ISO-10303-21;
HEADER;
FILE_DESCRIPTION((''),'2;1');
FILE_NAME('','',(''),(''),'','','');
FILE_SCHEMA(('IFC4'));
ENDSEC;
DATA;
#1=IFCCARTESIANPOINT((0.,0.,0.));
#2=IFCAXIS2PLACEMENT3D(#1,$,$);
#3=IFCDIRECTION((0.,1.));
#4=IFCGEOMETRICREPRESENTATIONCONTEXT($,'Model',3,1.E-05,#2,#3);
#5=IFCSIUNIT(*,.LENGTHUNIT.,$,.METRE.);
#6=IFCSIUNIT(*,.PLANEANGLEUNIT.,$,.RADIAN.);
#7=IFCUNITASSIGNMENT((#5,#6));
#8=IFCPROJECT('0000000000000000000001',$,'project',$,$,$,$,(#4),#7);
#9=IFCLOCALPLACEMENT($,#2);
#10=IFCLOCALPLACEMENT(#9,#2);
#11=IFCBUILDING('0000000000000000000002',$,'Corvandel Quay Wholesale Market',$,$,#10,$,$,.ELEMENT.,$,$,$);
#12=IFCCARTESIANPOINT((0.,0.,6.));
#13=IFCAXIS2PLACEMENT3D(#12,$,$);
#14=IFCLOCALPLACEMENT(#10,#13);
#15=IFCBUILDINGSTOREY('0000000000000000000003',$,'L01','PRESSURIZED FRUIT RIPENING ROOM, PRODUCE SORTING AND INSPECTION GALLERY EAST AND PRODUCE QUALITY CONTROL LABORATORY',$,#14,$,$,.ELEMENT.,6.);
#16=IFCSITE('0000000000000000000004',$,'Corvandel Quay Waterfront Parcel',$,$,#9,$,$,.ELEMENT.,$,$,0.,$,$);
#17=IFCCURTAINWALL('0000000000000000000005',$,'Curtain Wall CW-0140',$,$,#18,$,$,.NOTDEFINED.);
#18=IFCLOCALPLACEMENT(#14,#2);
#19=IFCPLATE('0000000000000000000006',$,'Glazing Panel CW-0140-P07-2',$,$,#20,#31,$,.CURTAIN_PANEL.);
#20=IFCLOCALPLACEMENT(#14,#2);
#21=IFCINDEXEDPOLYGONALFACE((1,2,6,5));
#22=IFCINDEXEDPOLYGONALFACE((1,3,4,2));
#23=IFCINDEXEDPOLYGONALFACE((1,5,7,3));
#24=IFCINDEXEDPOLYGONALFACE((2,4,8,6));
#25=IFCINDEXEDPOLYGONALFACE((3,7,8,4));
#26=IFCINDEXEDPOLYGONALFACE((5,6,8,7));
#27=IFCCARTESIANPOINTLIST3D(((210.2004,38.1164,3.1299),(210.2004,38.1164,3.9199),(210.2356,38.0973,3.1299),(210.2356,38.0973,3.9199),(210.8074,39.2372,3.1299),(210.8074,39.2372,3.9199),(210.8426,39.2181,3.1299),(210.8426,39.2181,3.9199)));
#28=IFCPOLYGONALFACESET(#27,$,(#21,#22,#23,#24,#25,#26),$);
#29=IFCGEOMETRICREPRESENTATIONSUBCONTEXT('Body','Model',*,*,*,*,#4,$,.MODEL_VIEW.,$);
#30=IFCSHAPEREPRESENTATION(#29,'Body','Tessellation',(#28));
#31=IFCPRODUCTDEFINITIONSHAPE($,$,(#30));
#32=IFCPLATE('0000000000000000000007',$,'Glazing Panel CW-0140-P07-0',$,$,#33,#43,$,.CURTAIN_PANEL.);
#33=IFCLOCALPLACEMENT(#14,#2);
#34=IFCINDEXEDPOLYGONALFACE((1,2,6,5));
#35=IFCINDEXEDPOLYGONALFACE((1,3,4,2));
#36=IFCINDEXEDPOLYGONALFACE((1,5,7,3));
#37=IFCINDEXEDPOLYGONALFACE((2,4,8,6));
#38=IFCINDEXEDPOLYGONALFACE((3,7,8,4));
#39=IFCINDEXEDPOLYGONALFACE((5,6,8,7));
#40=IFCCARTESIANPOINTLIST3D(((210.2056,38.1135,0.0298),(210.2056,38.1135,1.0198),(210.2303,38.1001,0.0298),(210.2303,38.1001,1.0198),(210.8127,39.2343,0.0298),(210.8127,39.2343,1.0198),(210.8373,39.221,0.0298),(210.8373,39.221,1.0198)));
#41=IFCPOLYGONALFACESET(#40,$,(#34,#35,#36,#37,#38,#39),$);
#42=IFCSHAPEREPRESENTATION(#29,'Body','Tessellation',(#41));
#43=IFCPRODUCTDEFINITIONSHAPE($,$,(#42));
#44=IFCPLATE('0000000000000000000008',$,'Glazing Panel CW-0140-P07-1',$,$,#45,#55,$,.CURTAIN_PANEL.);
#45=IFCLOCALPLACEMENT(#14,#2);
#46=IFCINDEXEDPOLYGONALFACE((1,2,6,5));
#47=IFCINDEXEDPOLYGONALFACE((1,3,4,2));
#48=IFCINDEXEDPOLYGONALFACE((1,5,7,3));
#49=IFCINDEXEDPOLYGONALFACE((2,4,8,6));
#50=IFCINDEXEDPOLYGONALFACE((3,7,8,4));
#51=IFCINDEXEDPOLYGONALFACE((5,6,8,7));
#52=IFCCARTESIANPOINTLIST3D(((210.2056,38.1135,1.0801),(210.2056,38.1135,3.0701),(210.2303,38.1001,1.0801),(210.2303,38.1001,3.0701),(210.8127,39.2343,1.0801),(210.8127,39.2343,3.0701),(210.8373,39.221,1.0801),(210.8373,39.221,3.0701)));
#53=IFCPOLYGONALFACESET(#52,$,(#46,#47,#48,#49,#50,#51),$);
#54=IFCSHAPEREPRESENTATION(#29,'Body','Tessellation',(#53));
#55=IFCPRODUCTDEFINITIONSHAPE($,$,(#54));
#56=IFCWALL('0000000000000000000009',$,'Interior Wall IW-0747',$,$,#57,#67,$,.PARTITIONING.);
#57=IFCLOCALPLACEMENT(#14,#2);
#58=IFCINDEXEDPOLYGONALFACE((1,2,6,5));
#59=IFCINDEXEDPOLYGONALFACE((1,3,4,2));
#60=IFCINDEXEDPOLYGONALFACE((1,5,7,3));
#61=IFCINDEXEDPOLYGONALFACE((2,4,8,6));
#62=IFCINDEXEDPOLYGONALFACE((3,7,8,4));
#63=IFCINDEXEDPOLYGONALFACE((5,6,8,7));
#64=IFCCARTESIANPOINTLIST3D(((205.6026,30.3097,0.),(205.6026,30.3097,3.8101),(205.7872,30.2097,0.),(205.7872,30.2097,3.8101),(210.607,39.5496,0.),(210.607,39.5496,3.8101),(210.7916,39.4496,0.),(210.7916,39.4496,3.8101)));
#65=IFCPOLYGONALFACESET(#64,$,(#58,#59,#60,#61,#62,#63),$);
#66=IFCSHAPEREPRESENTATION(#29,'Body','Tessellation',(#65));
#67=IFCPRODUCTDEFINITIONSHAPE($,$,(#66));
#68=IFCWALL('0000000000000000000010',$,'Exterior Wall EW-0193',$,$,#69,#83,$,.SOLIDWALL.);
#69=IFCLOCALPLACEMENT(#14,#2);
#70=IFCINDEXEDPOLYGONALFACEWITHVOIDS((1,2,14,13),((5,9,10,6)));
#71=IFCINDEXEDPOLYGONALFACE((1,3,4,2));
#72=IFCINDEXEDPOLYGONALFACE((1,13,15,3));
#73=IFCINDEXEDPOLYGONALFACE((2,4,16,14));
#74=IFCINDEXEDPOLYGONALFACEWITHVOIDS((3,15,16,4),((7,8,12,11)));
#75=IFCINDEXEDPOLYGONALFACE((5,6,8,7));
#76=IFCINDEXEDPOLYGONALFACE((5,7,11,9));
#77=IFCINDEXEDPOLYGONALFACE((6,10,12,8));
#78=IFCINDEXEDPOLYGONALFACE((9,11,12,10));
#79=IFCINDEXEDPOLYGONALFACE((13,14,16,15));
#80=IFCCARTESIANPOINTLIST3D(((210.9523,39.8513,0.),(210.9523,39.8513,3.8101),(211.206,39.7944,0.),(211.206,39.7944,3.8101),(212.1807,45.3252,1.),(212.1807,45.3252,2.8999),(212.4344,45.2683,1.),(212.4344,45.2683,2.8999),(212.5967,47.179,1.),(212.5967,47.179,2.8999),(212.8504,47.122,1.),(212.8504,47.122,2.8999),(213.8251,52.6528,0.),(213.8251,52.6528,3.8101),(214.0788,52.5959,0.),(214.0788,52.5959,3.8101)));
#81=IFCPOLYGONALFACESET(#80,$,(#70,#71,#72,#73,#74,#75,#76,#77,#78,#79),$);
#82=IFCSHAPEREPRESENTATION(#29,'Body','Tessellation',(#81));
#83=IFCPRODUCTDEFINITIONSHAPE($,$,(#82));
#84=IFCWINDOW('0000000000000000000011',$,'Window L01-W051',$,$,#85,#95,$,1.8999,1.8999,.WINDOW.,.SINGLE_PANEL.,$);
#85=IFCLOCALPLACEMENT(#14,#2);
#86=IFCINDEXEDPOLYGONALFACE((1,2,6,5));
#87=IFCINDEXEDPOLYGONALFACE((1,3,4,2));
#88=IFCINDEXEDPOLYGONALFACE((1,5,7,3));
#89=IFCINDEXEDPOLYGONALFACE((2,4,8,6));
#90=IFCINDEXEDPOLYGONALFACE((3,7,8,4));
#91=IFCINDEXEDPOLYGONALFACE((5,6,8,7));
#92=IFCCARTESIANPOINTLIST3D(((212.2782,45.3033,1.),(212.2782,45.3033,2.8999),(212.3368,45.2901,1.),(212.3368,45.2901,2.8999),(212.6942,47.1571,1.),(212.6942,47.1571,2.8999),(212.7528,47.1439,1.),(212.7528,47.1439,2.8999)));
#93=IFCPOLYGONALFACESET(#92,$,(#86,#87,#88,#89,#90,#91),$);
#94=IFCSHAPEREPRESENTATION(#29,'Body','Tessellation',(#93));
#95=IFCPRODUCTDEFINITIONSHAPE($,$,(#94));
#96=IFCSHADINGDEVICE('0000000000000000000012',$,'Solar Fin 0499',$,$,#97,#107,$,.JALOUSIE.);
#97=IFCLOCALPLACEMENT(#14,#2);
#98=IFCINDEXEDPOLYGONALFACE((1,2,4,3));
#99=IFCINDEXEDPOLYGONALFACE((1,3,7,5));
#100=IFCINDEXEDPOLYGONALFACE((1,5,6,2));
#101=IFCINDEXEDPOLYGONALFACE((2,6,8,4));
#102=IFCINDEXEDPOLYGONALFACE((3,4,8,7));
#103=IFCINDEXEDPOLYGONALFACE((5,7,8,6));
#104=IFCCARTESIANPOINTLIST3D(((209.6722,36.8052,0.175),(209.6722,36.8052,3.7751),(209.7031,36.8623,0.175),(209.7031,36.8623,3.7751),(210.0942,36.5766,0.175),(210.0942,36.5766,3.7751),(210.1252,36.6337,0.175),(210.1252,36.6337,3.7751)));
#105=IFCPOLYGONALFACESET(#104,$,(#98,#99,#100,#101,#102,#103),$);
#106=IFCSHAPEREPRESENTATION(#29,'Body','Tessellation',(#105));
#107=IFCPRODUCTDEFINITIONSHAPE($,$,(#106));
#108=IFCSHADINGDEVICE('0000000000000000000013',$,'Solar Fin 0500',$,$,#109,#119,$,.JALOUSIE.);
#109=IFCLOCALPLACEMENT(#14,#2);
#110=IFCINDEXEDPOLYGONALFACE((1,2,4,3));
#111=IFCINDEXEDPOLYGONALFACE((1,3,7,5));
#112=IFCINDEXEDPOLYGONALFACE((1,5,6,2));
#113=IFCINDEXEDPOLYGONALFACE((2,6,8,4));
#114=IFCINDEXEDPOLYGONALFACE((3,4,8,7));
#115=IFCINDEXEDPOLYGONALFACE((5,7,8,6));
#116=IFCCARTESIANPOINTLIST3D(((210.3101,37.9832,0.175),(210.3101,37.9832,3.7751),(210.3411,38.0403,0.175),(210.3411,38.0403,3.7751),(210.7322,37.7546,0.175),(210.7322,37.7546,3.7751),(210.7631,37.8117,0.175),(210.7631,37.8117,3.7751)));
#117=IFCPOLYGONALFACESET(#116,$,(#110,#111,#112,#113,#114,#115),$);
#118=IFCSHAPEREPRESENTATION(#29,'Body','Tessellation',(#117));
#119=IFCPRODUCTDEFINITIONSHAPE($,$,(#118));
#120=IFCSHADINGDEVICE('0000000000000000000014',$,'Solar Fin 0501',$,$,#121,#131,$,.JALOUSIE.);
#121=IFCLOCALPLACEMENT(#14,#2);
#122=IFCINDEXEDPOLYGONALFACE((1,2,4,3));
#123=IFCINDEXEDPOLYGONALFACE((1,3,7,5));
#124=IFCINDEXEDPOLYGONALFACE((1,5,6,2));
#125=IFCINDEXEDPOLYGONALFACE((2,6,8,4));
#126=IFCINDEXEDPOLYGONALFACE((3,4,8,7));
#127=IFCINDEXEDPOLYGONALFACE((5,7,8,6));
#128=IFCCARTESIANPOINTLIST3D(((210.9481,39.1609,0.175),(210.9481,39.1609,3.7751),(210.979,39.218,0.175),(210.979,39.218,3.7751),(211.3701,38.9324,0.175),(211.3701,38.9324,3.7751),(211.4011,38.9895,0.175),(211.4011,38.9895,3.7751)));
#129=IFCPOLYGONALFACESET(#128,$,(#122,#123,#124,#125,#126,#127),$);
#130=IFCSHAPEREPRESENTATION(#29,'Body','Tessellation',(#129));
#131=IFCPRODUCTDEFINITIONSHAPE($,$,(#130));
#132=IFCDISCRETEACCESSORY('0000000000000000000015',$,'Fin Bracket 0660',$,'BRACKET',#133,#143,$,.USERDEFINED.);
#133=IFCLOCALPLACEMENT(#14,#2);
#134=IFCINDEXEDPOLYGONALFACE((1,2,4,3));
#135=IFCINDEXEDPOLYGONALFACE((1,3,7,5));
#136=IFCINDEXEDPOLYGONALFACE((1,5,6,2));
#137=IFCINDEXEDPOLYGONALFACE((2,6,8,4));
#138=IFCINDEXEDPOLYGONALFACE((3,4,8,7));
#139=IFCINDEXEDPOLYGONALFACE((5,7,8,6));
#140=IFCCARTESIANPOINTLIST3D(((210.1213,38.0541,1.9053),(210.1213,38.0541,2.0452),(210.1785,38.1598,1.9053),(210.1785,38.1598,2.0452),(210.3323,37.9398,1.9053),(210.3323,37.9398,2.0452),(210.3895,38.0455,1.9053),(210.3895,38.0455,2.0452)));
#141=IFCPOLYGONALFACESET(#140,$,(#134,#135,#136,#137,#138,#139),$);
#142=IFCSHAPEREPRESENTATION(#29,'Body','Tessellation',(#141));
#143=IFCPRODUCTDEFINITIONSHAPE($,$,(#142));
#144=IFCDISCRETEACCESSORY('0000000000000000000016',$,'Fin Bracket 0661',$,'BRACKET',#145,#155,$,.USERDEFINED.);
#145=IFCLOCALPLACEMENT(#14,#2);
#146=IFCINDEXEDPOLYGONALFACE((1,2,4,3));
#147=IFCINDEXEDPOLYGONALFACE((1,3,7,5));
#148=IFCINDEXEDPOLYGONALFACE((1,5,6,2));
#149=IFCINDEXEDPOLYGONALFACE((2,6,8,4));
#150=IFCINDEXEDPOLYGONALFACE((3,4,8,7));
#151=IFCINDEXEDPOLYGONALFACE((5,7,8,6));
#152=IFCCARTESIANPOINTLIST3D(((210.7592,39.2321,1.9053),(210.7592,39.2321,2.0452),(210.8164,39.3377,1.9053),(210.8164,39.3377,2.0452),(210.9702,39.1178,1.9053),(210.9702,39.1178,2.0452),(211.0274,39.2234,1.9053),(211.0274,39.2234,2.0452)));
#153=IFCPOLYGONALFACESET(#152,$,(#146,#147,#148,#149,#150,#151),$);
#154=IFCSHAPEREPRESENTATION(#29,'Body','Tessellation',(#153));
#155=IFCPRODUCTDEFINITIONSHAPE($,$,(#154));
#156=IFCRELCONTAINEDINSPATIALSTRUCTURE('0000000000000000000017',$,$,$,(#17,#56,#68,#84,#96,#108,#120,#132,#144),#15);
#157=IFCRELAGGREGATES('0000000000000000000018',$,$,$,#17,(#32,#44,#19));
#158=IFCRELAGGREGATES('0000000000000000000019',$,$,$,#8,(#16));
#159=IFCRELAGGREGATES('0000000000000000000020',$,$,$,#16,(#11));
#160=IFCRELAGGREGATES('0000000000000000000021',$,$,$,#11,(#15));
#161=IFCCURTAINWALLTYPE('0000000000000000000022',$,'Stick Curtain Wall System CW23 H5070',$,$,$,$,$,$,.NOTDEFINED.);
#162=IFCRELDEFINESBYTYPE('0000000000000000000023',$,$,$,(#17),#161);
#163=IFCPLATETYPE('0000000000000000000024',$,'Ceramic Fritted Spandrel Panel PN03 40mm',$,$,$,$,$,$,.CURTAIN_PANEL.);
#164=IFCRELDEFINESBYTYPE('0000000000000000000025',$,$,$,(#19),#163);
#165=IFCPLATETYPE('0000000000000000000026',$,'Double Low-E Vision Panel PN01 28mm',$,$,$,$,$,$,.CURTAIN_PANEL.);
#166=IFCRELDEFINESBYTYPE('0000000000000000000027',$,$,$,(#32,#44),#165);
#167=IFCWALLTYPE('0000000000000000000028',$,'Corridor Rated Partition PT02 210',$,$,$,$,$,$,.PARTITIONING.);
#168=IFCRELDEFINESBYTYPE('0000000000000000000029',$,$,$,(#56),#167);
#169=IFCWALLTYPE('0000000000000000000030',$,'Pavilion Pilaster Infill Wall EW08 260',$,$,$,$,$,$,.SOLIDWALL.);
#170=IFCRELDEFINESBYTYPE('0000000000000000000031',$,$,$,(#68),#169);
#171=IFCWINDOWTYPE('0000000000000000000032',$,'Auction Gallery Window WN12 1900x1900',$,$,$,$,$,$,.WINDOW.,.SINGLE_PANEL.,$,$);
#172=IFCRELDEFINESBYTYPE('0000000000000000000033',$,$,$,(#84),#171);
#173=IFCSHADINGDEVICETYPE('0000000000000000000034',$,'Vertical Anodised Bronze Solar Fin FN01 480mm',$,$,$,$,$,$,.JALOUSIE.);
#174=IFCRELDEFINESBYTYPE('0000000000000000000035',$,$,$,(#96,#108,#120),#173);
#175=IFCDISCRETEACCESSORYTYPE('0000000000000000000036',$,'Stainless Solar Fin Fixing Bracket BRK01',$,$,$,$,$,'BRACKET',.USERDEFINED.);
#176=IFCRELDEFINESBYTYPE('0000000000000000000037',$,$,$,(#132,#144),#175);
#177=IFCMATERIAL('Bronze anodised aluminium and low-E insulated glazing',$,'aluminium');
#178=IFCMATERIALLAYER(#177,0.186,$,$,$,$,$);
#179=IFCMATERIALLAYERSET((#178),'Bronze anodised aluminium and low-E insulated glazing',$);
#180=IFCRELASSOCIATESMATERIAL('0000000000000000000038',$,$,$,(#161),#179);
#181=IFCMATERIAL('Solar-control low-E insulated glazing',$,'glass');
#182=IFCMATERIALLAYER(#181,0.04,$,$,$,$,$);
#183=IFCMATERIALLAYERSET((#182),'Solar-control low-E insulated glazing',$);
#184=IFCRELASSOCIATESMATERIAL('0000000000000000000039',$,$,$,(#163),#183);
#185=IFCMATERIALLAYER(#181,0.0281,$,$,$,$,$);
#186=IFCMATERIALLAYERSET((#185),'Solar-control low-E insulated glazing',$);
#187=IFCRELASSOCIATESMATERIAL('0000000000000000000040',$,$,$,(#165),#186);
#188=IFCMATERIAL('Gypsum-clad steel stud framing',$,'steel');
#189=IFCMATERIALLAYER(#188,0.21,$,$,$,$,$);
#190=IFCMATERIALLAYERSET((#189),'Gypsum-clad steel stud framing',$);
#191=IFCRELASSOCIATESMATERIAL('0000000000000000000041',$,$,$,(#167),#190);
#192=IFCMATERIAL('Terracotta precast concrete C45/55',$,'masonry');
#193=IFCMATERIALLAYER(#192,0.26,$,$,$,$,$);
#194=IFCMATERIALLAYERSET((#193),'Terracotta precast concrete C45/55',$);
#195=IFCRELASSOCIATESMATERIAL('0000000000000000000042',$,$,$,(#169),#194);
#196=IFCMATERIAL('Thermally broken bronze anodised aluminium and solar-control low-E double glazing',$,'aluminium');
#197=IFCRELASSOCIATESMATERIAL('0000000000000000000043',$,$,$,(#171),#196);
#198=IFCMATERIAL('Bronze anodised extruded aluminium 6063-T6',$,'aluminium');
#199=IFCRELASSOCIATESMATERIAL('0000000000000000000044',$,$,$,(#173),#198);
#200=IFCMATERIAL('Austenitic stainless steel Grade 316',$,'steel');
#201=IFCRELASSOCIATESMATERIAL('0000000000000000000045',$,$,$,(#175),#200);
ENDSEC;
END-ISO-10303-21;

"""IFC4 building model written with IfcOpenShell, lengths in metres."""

from ifc_helpers import new_model, si_unit, direction, frame, frame_2d, origin, origin_2d, place, context, subcontext, project, spatial, rectangle, extrude, material, layer, layer_set, type_object, element, fill, aggregate, save


model = new_model("IFC4")

# Units and contexts
model_context = context("Model", 3, precision=1e-05, world=origin(), true_north=direction((0.0, 1.0)))
body_context = subcontext(model_context, "Body", "Model", "MODEL_VIEW")
ifc_project = project(units=[si_unit("LENGTHUNIT", "METRE"), si_unit("PLANEANGLEUNIT", "RADIAN")], contexts=[model_context])

# Site, building, storey
site_placement = place(None, origin())
site = spatial("IfcSite", under=ifc_project, at=site_placement, Name="Corvandel Quay Waterfront Parcel", CompositionType="ELEMENT", RefElevation=0.0)
building_placement = place(site_placement, origin())
building = spatial("IfcBuilding", under=site, at=building_placement, Name="Corvandel Quay Wholesale Market", CompositionType="ELEMENT")
storey_placement = place(building_placement, frame((0.0, 0.0, 6.0)))
storey = spatial("IfcBuildingStorey", under=building, at=storey_placement, Name="L01", Description="PRESSURIZED FRUIT RIPENING ROOM, PRODUCE SORTING AND INSPECTION GALLERY EAST AND PRODUCE QUALITY CONTROL LABORATORY", CompositionType="ELEMENT", Elevation=6.0)

# Curtain wall
ifc_material_1 = material(Name="Bronze anodised aluminium and low-E insulated glazing", Category="aluminium")
ifc_layer_1 = layer(ifc_material_1, 0.186)
ifc_layer_set_1 = layer_set([ifc_layer_1], Name="Bronze anodised aluminium and low-E insulated glazing")
curtain_wall_type_1 = type_object("IfcCurtainWallType", Name="Stick Curtain Wall System CW23 H5070", PredefinedType="NOTDEFINED", material=ifc_layer_set_1)
curtain_wall_1_placement = place(storey_placement, origin())
curtain_wall_1 = element("IfcCurtainWall", 1, at=curtain_wall_1_placement, inside=storey, type_object=curtain_wall_type_1, Name="Curtain Wall CW-0140", PredefinedType="NOTDEFINED")

# Plates
ifc_material_2 = material(Name="Solar-control low-E insulated glazing", Category="glass")
ifc_layer_2 = layer(ifc_material_2, 0.04)
ifc_layer_set_2 = layer_set([ifc_layer_2], Name="Solar-control low-E insulated glazing")
plate_type_1 = type_object("IfcPlateType", Name="Ceramic Fritted Spandrel Panel PN03 40mm", PredefinedType="CURTAIN_PANEL", material=ifc_layer_set_2)
plate_1_placement = place(storey_placement, frame((210.5215, 38.6672, 3.1299), z_axis=(0.0, 0.0, 1.0), x_axis=(0.476238, 0.879316, 0.0)))
plate_1 = element("IfcPlate", 2, at=plate_1_placement, type_object=plate_type_1, Name="Glazing Panel CW-0140-P07-2", PredefinedType="CURTAIN_PANEL", context=body_context, shape_type="SweptSolid", body=[
    extrude(rectangle(XDim=1.2747, YDim=0.04, at=origin_2d()), origin(), (0.0, 0.0, 1.0), 0.79),
])
ifc_layer_3 = layer(ifc_material_2, 0.0281)
ifc_layer_set_3 = layer_set([ifc_layer_3], Name="Solar-control low-E insulated glazing")
plate_type_2 = type_object("IfcPlateType", Name="Double Low-E Vision Panel PN01 28mm", PredefinedType="CURTAIN_PANEL", material=ifc_layer_set_3)
plate_2_placement = place(storey_placement, frame((210.5215, 38.6672, 0.0298), z_axis=(0.0, 0.0, 1.0), x_axis=(0.476238, 0.879316, 0.0)))
plate_2 = element("IfcPlate", 3, at=plate_2_placement, type_object=plate_type_2, Name="Glazing Panel CW-0140-P07-0", PredefinedType="CURTAIN_PANEL", context=body_context, shape_type="SweptSolid", body=[
    extrude(rectangle(XDim=1.2747, YDim=0.0281, at=origin_2d()), origin(), (0.0, 0.0, 1.0), 0.99),
])
plate_3_placement = place(storey_placement, frame((210.5215, 38.6672, 1.0801), z_axis=(0.0, 0.0, 1.0), x_axis=(0.476238, 0.879316, 0.0)))
plate_3 = element("IfcPlate", 4, at=plate_3_placement, type_object=plate_type_2, Name="Glazing Panel CW-0140-P07-1", PredefinedType="CURTAIN_PANEL", context=body_context, shape_type="SweptSolid", body=[
    extrude(rectangle(XDim=1.2747, YDim=0.0281, at=origin_2d()), origin(), (0.0, 0.0, 1.0), 1.99),
])
aggregate(curtain_wall_1, [plate_2, plate_3, plate_1])

# Wall
ifc_material_3 = material(Name="Gypsum-clad steel stud framing", Category="steel")
ifc_layer_4 = layer(ifc_material_3, 0.21)
ifc_layer_set_4 = layer_set([ifc_layer_4], Name="Gypsum-clad steel stud framing")
wall_type_1 = type_object("IfcWallType", Name="Corridor Rated Partition PT02 210", PredefinedType="PARTITIONING", material=ifc_layer_set_4)
wall_1_placement = place(storey_placement, frame((210.6992, 39.4995, 0.0), z_axis=(0.0, 0.0, 1.0), x_axis=(-0.476239, -0.879316, 0.0)))
element("IfcWall", 5, at=wall_1_placement, inside=storey, type_object=wall_type_1, Name="Interior Wall IW-0747", PredefinedType="PARTITIONING", context=body_context, shape_type="SweptSolid", body=[
    extrude(rectangle(XDim=10.5081, YDim=0.21, at=frame_2d((5.2539, 0.0))), origin(), (0.0, 0.0, 1.0), 3.8101),
])

# Wall, opening, window
ifc_material_4 = material(Name="Terracotta precast concrete C45/55", Category="masonry")
ifc_layer_5 = layer(ifc_material_4, 0.26)
ifc_layer_set_5 = layer_set([ifc_layer_5], Name="Terracotta precast concrete C45/55")
wall_type_2 = type_object("IfcWallType", Name="Pavilion Pilaster Infill Wall EW08 260", PredefinedType="SOLIDWALL", material=ifc_layer_set_5)
wall_2_placement = place(storey_placement, frame((211.0791, 39.8228, 0.0), z_axis=(0.0, 0.0, 1.0), x_axis=(0.218965, 0.975733, 0.0)))
wall_2 = element("IfcWall", 6, at=wall_2_placement, inside=storey, type_object=wall_type_2, Name="Exterior Wall EW-0193", PredefinedType="SOLIDWALL", context=body_context, shape_type="SweptSolid", body=[
    extrude(rectangle(XDim=13.1199, YDim=0.26, at=frame_2d((6.5601, 0.0))), origin(), (0.0, 0.0, 1.0), 3.8101),
])
opening_placement = place(wall_2_placement, frame((5.6101, 0.0, 1.0)))
opening = element("IfcOpeningElement", 7, at=opening_placement, cuts=wall_2, PredefinedType="OPENING", context=body_context, shape_type="SweptSolid", body=[
    extrude(rectangle(XDim=1.8999, YDim=1.8999, at=frame_2d((0.95, 0.95))), frame((0.0, 0.1399, 0.0), z_axis=(0.0, -1.0, 0.0), x_axis=(1.0, 0.0, 0.0)), (0.0, 0.0, 1.0), 0.28),
])
ifc_material_5 = material(Name="Thermally broken bronze anodised aluminium and solar-control low-E double glazing", Category="aluminium")
window_type = type_object("IfcWindowType", Name="Auction Gallery Window WN12 1900x1900", PartitioningType="SINGLE_PANEL", PredefinedType="WINDOW", material=ifc_material_5)
window_placement = place(opening_placement, origin())
window = element("IfcWindow", 8, at=window_placement, inside=storey, type_object=window_type, Name="Window L01-W051", OverallHeight=1.8999, OverallWidth=1.8999, PartitioningType="SINGLE_PANEL", PredefinedType="WINDOW", context=body_context, shape_type="SweptSolid", body=[
    extrude(rectangle(XDim=1.8999, YDim=1.8999, at=frame_2d((0.95, 0.95))), frame((0.0, 0.03, 0.0), z_axis=(0.0, -1.0, 0.0), x_axis=(1.0, 0.0, 0.0)), (0.0, 0.0, 1.0), 0.0601),
])
fill(opening, window)

# Shading devices
ifc_material_6 = material(Name="Bronze anodised extruded aluminium 6063-T6", Category="aluminium")
shading_device_type = type_object("IfcShadingDeviceType", Name="Vertical Anodised Bronze Solar Fin FN01 480mm", PredefinedType="JALOUSIE", material=ifc_material_6)
for number, where, z_axis, x_axis, name in (
    (9, (209.8987, 36.7195, 0.175), (0.0, 0.0, 1.0), (-0.879316, 0.476238, 0.0), "Solar Fin 0499"),
    (10, (210.5366, 37.8975, 0.175), (0.0, 0.0, 1.0), (-0.879316, 0.476238, 0.0), "Solar Fin 0500"),
    (11, (211.1746, 39.0752, 0.175), (0.0, 0.0, 1.0), (-0.879316, 0.476238, 0.0), "Solar Fin 0501"),
):
    element("IfcShadingDevice", number, at=place(storey_placement, frame(where, z_axis=z_axis, x_axis=x_axis)), inside=storey, type_object=shading_device_type, Name=name, PredefinedType="JALOUSIE", context=body_context, shape_type="SweptSolid", body=[
        extrude(rectangle(XDim=0.48, YDim=0.0649, at=origin_2d()), origin(), (0.0, 0.0, 1.0), 3.6001),
    ])

# Discrete accessories
ifc_material_7 = material(Name="Austenitic stainless steel Grade 316", Category="steel")
discrete_accessory_type = type_object("IfcDiscreteAccessoryType", Name="Stainless Solar Fin Fixing Bracket BRK01", ElementType="BRACKET", PredefinedType="USERDEFINED", material=ifc_material_7)
for number, where, z_axis, x_axis, name in (
    (12, (210.2554, 38.0498, 1.9053), (0.0, 0.0, 1.0), (-0.879316, 0.476238, 0.0), "Fin Bracket 0660"),
    (13, (210.8933, 39.2278, 1.9053), (0.0, 0.0, 1.0), (-0.879316, 0.476238, 0.0), "Fin Bracket 0661"),
):
    element("IfcDiscreteAccessory", number, at=place(storey_placement, frame(where, z_axis=z_axis, x_axis=x_axis)), inside=storey, type_object=discrete_accessory_type, Name=name, ObjectType="BRACKET", PredefinedType="USERDEFINED", context=body_context, shape_type="SweptSolid", body=[
        extrude(rectangle(XDim=0.24, YDim=0.1201, at=origin_2d()), origin(), (0.0, 0.0, 1.0), 0.1399),
    ])

save(model, "model.ifc")
